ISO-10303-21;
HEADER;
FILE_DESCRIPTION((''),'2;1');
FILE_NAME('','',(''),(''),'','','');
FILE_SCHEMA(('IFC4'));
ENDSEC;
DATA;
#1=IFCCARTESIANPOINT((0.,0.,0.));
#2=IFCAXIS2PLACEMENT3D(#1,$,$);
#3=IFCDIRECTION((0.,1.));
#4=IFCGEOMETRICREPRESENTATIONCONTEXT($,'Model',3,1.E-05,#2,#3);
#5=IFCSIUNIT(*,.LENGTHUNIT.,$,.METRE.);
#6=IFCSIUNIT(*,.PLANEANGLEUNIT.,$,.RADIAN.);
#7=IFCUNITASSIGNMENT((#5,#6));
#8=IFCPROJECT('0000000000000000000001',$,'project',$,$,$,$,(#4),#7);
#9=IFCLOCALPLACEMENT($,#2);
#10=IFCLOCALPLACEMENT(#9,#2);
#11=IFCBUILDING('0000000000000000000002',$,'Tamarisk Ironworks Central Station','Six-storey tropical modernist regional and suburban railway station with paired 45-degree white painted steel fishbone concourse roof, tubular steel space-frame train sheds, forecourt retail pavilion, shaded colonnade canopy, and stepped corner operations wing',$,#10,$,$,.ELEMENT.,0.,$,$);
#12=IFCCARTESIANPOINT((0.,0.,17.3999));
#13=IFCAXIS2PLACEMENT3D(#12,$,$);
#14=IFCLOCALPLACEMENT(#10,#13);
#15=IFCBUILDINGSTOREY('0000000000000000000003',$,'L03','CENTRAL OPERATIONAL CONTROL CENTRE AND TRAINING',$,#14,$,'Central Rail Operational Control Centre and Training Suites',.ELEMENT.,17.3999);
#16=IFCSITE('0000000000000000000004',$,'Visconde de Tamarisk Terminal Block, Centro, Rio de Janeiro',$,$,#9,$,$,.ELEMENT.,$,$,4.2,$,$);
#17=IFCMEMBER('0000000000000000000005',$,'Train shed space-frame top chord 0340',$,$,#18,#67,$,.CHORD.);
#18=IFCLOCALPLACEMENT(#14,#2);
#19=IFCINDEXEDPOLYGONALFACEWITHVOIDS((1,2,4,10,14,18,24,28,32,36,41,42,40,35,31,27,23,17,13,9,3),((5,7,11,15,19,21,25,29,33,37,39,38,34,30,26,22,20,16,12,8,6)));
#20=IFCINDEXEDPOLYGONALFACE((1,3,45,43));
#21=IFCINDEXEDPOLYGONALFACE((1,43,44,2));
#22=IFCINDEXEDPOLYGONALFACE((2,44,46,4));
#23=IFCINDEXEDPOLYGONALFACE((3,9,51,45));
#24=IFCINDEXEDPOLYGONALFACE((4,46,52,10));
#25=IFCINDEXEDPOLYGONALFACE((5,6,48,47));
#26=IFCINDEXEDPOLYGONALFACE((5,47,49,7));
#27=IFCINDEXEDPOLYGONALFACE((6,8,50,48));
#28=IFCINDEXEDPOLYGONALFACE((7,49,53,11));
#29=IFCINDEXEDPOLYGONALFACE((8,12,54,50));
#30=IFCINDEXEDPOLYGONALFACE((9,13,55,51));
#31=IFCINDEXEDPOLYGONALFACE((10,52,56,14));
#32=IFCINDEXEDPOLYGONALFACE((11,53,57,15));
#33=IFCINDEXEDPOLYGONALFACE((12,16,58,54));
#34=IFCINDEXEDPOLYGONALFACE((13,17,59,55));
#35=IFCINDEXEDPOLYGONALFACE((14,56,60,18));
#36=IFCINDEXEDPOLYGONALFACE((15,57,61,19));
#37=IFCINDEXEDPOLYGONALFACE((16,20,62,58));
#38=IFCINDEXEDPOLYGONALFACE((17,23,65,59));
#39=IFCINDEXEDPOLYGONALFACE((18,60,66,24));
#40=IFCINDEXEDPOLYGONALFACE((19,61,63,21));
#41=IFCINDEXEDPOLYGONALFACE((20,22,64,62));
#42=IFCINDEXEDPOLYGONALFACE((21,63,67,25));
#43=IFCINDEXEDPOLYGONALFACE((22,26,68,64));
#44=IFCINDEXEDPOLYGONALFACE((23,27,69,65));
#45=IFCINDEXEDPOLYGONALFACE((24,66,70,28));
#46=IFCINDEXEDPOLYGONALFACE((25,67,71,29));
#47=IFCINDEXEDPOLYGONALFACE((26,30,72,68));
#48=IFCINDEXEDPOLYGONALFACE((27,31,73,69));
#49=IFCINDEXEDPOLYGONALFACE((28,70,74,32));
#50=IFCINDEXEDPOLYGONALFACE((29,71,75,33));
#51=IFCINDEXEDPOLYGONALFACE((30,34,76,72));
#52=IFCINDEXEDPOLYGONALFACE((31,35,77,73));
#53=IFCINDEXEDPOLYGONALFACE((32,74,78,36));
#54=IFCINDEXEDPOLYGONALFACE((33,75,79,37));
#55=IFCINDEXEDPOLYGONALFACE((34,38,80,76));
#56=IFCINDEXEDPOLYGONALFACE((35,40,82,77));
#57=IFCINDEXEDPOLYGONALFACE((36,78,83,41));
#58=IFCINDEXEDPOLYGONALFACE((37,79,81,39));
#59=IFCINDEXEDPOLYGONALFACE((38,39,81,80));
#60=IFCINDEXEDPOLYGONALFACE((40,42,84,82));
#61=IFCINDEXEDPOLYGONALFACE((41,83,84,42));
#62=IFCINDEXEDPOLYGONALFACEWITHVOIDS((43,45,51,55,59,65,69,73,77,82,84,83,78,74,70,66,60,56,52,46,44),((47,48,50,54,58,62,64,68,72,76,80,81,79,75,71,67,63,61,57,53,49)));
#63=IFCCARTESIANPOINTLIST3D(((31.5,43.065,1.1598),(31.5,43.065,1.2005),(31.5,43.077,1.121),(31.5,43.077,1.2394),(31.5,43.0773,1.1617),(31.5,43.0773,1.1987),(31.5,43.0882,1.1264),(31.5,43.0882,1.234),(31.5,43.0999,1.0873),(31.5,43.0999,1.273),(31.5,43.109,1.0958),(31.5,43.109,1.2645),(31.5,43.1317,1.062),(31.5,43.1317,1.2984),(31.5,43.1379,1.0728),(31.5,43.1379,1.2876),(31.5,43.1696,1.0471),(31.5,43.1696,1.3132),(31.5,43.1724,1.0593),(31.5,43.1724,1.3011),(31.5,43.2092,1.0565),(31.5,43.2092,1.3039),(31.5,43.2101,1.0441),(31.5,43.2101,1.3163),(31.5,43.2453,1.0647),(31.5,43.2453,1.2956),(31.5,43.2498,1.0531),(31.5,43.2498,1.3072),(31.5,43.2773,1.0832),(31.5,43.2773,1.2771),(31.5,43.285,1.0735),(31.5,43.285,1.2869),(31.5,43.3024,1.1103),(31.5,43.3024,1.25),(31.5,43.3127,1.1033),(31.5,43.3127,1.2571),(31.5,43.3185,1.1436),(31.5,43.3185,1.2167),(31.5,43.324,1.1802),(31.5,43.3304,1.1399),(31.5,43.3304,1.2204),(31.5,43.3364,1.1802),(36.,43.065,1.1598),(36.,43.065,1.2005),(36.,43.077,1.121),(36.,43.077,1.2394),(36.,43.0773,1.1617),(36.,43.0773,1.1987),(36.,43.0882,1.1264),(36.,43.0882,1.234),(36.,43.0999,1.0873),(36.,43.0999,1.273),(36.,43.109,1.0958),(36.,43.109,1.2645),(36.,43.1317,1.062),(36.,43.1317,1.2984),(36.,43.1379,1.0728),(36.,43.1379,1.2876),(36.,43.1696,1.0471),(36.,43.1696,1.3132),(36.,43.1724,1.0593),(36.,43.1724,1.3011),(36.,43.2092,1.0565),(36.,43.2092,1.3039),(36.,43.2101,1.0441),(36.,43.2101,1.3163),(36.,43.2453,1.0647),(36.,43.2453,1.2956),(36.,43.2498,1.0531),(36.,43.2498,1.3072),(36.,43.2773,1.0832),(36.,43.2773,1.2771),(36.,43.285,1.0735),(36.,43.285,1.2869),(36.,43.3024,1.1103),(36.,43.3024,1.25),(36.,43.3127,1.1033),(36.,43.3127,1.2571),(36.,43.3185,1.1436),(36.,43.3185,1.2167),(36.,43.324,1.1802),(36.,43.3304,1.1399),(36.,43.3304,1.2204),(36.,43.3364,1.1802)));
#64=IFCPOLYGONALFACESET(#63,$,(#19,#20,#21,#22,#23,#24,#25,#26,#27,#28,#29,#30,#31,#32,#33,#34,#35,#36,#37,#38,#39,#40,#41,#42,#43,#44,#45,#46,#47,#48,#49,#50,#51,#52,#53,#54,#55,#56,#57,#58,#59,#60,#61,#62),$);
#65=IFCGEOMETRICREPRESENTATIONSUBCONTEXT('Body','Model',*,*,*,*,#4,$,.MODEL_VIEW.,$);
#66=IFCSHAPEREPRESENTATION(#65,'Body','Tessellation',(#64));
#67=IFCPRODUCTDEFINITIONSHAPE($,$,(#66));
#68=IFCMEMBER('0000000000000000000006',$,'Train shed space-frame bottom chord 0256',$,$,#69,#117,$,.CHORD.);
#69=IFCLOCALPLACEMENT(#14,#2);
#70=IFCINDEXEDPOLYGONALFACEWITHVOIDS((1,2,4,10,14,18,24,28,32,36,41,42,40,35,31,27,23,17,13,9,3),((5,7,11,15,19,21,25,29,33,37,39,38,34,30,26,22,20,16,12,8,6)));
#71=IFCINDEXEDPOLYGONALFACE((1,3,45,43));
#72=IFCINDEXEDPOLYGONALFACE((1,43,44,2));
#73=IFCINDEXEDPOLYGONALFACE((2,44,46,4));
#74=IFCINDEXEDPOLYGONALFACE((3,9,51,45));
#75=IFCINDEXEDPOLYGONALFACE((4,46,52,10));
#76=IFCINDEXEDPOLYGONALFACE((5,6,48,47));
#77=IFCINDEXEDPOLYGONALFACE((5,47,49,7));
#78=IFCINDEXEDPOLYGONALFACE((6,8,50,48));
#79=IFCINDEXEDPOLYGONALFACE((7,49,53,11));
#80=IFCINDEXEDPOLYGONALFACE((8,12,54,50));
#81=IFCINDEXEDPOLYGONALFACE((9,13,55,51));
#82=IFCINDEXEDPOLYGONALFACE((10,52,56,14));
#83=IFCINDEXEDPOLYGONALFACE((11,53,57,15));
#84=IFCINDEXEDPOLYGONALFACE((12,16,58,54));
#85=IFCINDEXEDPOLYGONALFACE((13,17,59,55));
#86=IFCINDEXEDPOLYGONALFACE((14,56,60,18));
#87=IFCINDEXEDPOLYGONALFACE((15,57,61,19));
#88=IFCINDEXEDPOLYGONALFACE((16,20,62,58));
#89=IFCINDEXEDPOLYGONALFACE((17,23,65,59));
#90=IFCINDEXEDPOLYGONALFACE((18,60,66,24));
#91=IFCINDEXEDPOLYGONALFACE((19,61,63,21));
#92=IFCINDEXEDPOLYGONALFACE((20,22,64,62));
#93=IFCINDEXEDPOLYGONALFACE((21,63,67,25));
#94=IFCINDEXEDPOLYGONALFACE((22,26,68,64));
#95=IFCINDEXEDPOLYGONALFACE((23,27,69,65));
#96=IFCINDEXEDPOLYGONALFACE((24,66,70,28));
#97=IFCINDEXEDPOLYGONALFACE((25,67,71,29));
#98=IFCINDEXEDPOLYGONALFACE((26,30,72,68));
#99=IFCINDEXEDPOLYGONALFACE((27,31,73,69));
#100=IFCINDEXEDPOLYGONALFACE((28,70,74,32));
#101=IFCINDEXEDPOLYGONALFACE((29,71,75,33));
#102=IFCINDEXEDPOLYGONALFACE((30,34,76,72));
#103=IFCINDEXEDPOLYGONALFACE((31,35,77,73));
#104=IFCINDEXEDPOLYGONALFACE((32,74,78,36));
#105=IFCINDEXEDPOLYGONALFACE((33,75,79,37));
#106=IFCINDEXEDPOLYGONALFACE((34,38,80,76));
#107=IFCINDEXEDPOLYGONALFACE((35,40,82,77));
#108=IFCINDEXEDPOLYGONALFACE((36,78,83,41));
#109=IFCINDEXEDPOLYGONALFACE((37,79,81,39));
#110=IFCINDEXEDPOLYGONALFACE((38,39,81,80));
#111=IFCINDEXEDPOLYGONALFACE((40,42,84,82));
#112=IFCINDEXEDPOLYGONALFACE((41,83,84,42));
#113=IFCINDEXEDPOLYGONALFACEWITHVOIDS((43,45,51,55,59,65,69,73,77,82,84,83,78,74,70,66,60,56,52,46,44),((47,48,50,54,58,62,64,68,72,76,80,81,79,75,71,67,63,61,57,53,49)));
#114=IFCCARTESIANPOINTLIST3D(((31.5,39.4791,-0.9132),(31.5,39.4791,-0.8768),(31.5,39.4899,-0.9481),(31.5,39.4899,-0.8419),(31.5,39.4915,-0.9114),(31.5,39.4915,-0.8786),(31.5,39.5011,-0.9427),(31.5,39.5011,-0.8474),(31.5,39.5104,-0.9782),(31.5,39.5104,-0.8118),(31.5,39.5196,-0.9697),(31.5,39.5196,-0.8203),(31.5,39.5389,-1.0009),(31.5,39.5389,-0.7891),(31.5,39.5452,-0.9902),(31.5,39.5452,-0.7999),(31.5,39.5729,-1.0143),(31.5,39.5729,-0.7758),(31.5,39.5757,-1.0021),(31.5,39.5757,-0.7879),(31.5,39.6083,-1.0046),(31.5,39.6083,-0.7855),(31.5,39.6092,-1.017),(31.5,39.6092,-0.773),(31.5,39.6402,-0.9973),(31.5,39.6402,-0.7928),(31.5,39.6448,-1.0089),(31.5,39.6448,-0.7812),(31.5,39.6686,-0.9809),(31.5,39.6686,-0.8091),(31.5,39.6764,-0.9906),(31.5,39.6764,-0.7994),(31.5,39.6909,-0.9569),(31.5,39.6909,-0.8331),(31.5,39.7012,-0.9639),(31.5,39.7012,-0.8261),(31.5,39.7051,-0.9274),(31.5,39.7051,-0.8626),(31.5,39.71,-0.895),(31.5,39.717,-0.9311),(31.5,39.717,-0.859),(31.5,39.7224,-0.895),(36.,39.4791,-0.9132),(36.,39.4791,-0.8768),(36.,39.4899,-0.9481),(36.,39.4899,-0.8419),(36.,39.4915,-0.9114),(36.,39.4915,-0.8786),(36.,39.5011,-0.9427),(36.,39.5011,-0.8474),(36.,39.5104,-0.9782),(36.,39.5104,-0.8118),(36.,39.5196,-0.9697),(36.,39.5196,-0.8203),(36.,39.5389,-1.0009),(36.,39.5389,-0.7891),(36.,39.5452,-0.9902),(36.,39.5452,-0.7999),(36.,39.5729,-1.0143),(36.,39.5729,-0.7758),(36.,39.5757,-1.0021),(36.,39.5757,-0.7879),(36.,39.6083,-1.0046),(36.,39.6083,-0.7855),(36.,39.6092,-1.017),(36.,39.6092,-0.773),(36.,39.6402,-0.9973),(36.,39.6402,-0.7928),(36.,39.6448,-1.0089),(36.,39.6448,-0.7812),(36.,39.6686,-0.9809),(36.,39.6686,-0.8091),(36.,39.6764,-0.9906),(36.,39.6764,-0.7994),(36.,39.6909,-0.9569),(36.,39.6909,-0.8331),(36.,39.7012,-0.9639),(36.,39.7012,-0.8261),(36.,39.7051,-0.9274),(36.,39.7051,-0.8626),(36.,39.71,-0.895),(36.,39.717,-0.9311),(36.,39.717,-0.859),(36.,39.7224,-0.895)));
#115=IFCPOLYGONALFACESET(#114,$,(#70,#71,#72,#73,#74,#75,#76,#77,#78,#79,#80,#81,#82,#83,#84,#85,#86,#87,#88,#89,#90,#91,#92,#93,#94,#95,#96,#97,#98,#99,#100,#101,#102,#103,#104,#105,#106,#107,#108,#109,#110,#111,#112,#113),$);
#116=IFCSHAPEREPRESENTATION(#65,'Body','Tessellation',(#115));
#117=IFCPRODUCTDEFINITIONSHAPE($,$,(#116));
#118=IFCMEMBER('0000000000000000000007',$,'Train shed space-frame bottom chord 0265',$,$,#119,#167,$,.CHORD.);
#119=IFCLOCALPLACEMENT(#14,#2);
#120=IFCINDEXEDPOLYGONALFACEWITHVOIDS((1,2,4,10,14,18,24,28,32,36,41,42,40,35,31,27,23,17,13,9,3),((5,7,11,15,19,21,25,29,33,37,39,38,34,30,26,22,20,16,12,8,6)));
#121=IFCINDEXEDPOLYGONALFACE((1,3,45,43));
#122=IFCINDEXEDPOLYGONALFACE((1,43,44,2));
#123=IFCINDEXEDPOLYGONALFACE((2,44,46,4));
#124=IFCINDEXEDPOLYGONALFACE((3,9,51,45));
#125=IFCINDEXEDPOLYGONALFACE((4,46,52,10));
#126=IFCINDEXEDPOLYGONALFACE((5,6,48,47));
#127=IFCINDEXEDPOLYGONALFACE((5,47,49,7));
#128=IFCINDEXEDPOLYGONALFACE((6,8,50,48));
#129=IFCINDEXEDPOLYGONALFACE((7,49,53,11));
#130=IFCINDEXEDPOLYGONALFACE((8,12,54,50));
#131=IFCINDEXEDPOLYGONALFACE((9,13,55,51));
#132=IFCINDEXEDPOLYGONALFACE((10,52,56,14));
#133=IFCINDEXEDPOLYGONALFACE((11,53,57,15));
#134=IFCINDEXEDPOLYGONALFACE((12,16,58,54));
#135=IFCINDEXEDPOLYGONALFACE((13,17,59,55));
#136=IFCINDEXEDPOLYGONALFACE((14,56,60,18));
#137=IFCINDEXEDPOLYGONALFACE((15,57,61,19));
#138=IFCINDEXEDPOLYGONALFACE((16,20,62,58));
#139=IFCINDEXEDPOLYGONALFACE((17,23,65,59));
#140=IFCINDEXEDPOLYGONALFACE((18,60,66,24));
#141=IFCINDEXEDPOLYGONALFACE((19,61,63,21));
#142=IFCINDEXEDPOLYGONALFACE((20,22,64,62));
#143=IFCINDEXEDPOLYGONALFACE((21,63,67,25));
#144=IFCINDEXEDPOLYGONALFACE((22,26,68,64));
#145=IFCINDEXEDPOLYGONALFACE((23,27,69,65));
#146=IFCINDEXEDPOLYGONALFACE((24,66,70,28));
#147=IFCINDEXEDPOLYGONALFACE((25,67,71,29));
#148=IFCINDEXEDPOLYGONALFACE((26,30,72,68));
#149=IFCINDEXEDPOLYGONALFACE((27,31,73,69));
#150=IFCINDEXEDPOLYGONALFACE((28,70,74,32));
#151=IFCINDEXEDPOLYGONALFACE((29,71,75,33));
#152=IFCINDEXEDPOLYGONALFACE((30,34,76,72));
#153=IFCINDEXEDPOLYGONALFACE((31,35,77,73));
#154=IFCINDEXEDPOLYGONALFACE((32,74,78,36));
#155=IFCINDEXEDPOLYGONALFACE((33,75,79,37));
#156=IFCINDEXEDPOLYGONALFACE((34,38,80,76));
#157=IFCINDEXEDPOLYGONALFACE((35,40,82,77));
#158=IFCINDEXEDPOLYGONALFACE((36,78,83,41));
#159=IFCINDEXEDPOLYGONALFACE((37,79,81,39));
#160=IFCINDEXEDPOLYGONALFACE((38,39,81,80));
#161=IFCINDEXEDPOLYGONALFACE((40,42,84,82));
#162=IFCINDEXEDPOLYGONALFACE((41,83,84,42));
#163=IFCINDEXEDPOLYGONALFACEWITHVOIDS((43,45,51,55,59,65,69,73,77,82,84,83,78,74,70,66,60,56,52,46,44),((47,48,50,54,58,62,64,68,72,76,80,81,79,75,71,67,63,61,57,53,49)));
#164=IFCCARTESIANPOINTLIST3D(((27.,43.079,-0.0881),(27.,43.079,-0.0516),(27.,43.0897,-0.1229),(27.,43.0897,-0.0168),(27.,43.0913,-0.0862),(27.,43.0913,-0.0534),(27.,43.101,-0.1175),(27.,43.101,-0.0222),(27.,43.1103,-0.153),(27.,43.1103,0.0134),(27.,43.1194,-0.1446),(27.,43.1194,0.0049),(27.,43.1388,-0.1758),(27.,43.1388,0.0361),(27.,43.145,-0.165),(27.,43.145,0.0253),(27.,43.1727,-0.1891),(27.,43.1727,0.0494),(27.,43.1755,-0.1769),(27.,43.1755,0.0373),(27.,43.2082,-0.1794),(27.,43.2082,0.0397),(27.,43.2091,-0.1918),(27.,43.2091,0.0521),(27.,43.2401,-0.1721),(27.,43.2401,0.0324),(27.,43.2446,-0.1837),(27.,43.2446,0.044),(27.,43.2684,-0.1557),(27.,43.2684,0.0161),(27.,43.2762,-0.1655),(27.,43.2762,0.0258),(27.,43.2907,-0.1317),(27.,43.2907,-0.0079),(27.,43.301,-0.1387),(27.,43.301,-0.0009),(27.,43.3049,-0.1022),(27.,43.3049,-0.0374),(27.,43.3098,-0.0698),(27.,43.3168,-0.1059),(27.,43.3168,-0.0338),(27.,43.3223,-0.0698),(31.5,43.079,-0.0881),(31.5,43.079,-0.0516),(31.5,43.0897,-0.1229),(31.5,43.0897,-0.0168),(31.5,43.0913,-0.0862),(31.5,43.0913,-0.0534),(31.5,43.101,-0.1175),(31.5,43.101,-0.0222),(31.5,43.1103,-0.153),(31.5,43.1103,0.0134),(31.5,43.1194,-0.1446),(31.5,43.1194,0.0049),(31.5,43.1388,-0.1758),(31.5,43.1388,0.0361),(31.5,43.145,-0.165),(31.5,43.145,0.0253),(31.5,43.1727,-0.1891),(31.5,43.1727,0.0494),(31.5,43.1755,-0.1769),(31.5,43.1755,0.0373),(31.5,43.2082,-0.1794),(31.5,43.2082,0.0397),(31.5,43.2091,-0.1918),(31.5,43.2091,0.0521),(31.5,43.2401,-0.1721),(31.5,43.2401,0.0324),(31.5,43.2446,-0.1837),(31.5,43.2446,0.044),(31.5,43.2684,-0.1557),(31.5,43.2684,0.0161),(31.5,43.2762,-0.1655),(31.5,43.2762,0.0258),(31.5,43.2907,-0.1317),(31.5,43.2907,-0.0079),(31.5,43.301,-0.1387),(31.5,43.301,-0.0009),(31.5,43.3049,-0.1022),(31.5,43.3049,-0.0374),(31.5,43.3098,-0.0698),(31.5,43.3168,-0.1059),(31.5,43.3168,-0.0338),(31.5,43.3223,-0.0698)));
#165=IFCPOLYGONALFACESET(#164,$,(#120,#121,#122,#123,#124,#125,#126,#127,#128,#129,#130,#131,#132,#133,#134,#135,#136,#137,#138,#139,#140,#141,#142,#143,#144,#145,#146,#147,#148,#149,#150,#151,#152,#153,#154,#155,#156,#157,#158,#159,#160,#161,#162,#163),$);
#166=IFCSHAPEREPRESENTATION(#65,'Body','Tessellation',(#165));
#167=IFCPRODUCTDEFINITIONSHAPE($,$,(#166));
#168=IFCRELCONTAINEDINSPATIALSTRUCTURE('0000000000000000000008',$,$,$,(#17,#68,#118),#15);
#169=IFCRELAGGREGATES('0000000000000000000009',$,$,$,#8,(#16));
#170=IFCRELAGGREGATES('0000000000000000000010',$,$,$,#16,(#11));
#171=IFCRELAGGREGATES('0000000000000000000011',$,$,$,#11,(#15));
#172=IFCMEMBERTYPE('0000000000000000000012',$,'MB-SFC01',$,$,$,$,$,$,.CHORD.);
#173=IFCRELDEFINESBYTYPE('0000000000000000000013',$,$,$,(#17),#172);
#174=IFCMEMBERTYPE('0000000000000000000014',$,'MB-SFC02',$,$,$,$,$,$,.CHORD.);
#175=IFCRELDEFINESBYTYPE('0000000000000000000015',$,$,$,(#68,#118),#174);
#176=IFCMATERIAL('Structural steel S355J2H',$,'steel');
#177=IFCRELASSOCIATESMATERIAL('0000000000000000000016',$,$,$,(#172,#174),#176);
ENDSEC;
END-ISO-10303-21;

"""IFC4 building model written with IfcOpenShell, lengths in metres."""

from ifc_helpers import new_model, si_unit, direction, frame, origin, origin_2d, place, context, subcontext, project, spatial, hollow_circle, extrude, material, material_profile, profile_set, type_object, element, save


model = new_model("IFC4")

# Units and contexts
model_context = context("Model", 3, precision=1e-05, world=origin(), true_north=direction((0.0, 1.0)))
body_context = subcontext(model_context, "Body", "Model", "MODEL_VIEW")
ifc_project = project(units=[si_unit("LENGTHUNIT", "METRE"), si_unit("PLANEANGLEUNIT", "RADIAN")], contexts=[model_context])

# Site, building, storey
site_placement = place(None, origin())
site = spatial("IfcSite", under=ifc_project, at=site_placement, Name="Visconde de Tamarisk Terminal Block, Centro, Rio de Janeiro", CompositionType="ELEMENT", RefElevation=4.2)
building_placement = place(site_placement, origin())
building = spatial("IfcBuilding", under=site, at=building_placement, Name="Tamarisk Ironworks Central Station", Description="Six-storey tropical modernist regional and suburban railway station with paired 45-degree white painted steel fishbone concourse roof, tubular steel space-frame train sheds, forecourt retail pavilion, shaded colonnade canopy, and stepped corner operations wing", CompositionType="ELEMENT", ElevationOfRefHeight=0.0)
storey_placement = place(building_placement, frame((0.0, 0.0, 17.3999)))
storey = spatial("IfcBuildingStorey", under=building, at=storey_placement, Name="L03", Description="CENTRAL OPERATIONAL CONTROL CENTRE AND TRAINING", LongName="Central Rail Operational Control Centre and Training Suites", CompositionType="ELEMENT", Elevation=17.3999)

# Members
ifc_material = material(Name="Structural steel S355J2H", Category="steel")
ifc_material_profile_1 = material_profile(ifc_material, hollow_circle(Radius=0.1365, WallThickness=0.0125, at=origin_2d()), Name="CHS 273x12.5")
ifc_profile_set_1 = profile_set([ifc_material_profile_1], Name="Structural steel S355J2H")
member_type_1 = type_object("IfcMemberType", Name="MB-SFC01", PredefinedType="CHORD", material=ifc_profile_set_1)
for number, where, z_axis, x_axis, name in (
    (1, (31.5, 43.2, 1.1802), (1.0, 0.0, 0.0), (0.0, 1.0, 0.0), "Train shed space-frame top chord 0340"),
):
    element("IfcMember", number, at=place(storey_placement, frame(where, z_axis=z_axis, x_axis=x_axis)), inside=storey, type_object=member_type_1, Name=name, PredefinedType="CHORD", context=body_context, shape_type="SweptSolid", body=[
        extrude(hollow_circle(Radius=0.1365, WallThickness=0.0125, at=origin_2d()), origin(), (0.0, 0.0, 1.0), 4.5),
    ])
ifc_material_profile_2 = material_profile(ifc_material, hollow_circle(Radius=0.1223, WallThickness=0.0125, at=origin_2d()), Name="CHS 244.5x12.5")
ifc_profile_set_2 = profile_set([ifc_material_profile_2], Name="Structural steel S355J2H")
member_type_2 = type_object("IfcMemberType", Name="MB-SFC02", PredefinedType="CHORD", material=ifc_profile_set_2)
for number, where, z_axis, x_axis, name in (
    (2, (31.5, 39.6001, -0.895), (1.0, 0.0, 0.0), (0.0, 1.0, 0.0), "Train shed space-frame bottom chord 0256"),
    (3, (27.0, 43.2, -0.0698), (1.0, 0.0, 0.0), (0.0, 1.0, 0.0), "Train shed space-frame bottom chord 0265"),
):
    element("IfcMember", number, at=place(storey_placement, frame(where, z_axis=z_axis, x_axis=x_axis)), inside=storey, type_object=member_type_2, Name=name, PredefinedType="CHORD", context=body_context, shape_type="SweptSolid", body=[
        extrude(hollow_circle(Radius=0.1223, WallThickness=0.0125, at=origin_2d()), origin(), (0.0, 0.0, 1.0), 4.5),
    ])

save(model, "model.ifc")
